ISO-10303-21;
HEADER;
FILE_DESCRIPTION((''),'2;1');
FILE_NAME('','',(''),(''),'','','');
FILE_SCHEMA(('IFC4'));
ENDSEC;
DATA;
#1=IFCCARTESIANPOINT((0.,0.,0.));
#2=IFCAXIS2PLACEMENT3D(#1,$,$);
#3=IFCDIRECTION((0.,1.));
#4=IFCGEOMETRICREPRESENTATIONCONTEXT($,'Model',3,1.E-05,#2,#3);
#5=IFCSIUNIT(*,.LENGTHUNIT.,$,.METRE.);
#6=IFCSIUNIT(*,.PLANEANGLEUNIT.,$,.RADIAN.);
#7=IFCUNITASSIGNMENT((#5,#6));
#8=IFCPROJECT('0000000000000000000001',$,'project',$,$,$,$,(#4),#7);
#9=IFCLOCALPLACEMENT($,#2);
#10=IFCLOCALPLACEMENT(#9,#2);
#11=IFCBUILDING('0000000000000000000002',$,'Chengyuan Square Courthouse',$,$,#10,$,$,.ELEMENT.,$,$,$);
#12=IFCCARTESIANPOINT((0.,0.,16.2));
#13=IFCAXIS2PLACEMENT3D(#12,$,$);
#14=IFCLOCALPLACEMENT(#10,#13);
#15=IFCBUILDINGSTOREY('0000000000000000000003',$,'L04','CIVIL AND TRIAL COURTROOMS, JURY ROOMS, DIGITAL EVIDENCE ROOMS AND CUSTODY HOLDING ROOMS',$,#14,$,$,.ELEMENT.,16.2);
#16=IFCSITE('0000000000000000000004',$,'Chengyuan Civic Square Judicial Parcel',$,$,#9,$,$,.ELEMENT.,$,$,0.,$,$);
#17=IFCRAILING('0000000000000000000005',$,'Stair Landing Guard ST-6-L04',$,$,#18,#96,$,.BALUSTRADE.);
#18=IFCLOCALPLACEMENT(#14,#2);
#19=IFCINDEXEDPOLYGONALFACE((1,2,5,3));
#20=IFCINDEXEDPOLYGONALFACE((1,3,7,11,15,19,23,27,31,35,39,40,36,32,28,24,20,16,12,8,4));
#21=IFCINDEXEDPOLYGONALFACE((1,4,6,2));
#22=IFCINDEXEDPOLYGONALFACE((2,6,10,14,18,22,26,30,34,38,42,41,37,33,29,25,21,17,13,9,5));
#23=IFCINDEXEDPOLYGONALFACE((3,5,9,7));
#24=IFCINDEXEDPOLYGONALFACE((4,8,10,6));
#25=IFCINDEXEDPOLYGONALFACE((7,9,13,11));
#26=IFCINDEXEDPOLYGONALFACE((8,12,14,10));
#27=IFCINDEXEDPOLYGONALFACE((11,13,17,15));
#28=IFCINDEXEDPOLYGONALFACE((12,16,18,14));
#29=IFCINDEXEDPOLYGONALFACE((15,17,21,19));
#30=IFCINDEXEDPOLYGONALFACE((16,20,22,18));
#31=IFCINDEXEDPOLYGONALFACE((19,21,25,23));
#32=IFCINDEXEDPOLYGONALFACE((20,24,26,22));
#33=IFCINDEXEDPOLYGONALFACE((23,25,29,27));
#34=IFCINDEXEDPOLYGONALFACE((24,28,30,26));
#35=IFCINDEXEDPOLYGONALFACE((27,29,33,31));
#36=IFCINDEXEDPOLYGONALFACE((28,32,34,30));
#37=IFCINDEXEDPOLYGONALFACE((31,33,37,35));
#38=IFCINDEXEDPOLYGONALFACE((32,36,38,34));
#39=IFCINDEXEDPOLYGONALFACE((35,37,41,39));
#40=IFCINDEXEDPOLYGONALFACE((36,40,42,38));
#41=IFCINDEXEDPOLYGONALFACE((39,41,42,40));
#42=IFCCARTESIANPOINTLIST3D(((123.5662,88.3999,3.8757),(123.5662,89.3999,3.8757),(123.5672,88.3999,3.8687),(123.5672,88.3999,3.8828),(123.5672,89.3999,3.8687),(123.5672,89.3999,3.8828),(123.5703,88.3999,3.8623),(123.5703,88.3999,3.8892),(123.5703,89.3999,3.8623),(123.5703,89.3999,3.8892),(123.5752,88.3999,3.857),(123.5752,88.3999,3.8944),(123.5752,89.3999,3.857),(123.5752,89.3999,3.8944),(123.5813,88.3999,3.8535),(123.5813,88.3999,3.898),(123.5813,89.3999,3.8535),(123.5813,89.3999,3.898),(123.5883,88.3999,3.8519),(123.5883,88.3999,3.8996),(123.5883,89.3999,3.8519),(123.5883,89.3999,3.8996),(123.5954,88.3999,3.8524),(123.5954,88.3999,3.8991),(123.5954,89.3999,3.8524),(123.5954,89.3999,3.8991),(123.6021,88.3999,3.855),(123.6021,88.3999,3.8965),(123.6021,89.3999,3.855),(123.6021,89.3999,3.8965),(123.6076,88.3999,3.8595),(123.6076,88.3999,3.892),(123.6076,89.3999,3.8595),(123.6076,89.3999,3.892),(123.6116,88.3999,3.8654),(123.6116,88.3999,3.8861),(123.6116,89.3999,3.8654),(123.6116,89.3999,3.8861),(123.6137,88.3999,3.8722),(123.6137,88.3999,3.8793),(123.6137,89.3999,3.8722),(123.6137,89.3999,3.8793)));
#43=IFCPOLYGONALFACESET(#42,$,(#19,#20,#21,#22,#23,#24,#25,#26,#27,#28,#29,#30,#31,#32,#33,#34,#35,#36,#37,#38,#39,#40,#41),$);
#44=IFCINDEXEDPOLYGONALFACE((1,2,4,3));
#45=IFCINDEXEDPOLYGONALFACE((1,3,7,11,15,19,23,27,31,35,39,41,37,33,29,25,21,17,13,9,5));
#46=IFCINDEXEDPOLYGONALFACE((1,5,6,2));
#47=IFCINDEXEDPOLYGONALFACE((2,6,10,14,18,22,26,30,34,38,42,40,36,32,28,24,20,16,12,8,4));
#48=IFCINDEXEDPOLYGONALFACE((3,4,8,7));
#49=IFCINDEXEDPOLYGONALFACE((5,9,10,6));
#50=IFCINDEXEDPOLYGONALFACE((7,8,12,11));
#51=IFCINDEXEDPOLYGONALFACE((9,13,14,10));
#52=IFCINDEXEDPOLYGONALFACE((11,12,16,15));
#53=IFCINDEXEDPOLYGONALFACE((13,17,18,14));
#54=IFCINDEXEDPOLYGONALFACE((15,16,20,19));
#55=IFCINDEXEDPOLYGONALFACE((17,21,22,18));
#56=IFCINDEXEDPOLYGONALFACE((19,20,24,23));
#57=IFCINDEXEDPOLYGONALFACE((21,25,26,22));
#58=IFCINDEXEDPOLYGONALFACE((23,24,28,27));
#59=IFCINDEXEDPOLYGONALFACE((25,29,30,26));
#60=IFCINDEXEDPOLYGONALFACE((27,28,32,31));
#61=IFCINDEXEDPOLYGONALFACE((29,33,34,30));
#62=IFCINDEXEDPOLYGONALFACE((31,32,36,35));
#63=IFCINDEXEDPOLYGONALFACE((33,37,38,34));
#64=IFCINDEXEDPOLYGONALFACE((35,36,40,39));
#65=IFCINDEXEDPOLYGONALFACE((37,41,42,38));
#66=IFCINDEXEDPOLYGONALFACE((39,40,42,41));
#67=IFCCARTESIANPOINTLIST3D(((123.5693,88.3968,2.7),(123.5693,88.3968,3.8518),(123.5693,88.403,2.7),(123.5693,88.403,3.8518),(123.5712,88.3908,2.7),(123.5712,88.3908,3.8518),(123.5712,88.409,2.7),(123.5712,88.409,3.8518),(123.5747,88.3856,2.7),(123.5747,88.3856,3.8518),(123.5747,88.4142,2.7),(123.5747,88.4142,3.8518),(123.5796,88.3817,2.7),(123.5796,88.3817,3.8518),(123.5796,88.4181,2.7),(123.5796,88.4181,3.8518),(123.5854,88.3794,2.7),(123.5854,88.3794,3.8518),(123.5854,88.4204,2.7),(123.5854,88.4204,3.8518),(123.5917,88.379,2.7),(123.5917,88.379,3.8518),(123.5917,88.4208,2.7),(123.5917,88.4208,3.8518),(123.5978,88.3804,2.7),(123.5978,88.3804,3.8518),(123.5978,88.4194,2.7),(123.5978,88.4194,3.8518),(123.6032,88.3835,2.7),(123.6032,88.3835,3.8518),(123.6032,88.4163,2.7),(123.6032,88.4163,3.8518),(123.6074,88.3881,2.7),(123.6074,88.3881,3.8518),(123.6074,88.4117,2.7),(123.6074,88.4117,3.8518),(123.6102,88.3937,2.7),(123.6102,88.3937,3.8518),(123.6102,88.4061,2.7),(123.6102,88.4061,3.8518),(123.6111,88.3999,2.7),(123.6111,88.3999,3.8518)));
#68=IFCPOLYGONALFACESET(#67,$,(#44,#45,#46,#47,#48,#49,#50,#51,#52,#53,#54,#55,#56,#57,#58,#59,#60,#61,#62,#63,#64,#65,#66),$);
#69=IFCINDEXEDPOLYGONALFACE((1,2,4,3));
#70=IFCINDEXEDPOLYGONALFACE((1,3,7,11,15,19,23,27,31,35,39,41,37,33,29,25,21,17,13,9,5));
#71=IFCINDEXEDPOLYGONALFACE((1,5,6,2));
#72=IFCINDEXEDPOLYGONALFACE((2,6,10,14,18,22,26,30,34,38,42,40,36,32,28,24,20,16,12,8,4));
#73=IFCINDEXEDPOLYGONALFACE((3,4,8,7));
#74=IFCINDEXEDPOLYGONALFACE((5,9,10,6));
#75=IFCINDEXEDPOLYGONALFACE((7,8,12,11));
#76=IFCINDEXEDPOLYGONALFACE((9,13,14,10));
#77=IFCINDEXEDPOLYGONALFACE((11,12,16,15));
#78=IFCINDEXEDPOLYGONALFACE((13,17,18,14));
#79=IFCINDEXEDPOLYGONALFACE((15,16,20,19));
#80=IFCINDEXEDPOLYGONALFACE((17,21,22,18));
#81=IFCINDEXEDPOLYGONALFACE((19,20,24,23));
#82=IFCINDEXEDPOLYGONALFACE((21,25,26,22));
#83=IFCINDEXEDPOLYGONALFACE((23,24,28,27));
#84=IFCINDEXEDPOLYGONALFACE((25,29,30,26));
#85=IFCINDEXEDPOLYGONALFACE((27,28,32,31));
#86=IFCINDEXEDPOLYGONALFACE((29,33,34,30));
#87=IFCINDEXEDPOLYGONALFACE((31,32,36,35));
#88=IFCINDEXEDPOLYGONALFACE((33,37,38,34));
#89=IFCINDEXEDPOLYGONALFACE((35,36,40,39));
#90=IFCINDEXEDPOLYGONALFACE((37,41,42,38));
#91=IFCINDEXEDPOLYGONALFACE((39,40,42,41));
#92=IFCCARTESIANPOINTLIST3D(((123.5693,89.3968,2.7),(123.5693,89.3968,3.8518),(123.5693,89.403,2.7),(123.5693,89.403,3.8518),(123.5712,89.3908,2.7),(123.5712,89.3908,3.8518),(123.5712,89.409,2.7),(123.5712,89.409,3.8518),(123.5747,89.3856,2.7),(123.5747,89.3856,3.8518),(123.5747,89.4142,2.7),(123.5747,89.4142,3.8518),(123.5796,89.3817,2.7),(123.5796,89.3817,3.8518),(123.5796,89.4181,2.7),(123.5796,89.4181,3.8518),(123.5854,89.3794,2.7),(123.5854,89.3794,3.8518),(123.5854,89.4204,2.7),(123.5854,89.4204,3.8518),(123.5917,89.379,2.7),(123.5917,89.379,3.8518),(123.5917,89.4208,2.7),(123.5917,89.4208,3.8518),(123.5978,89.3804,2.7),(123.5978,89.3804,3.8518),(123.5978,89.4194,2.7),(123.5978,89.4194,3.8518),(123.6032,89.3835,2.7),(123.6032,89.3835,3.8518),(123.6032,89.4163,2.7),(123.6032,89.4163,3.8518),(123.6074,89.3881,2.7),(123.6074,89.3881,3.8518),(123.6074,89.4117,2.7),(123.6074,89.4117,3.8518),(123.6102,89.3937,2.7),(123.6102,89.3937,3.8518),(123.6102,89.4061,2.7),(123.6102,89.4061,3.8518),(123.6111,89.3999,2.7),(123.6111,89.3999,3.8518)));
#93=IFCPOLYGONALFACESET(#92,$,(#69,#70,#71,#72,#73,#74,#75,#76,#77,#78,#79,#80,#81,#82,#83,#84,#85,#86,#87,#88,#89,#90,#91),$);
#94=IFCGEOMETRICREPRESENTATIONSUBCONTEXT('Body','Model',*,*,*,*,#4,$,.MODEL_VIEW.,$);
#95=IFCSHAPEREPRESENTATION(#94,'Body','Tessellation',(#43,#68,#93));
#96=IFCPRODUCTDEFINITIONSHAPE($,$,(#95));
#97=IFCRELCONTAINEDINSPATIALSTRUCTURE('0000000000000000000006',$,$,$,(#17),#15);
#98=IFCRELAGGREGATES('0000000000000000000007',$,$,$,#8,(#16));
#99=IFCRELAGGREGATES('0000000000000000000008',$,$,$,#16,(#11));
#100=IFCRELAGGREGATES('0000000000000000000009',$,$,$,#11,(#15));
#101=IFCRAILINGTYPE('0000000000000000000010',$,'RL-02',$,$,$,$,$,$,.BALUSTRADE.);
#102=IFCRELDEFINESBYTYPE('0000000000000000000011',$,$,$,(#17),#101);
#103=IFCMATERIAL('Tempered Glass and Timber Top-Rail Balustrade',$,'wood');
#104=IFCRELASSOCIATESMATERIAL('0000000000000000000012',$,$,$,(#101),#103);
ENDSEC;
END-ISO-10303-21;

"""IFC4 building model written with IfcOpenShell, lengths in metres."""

from ifc_helpers import new_model, si_unit, direction, frame, origin, origin_2d, place, context, subcontext, project, spatial, circle, extrude, material, type_object, element, save


model = new_model("IFC4")

# Units and contexts
model_context = context("Model", 3, precision=1e-05, world=origin(), true_north=direction((0.0, 1.0)))
body_context = subcontext(model_context, "Body", "Model", "MODEL_VIEW")
ifc_project = project(units=[si_unit("LENGTHUNIT", "METRE"), si_unit("PLANEANGLEUNIT", "RADIAN")], contexts=[model_context])

# Site, building, storey
site_placement = place(None, origin())
site = spatial("IfcSite", under=ifc_project, at=site_placement, Name="Chengyuan Civic Square Judicial Parcel", CompositionType="ELEMENT", RefElevation=0.0)
building_placement = place(site_placement, origin())
building = spatial("IfcBuilding", under=site, at=building_placement, Name="Chengyuan Square Courthouse", CompositionType="ELEMENT")
storey_placement = place(building_placement, frame((0.0, 0.0, 16.2)))
storey = spatial("IfcBuildingStorey", under=building, at=storey_placement, Name="L04", Description="CIVIL AND TRIAL COURTROOMS, JURY ROOMS, DIGITAL EVIDENCE ROOMS AND CUSTODY HOLDING ROOMS", CompositionType="ELEMENT", Elevation=16.2)

# Railing
ifc_material_1 = material(Name="Tempered Glass and Timber Top-Rail Balustrade", Category="wood")
railing_type_1 = type_object("IfcRailingType", Name="RL-02", PredefinedType="BALUSTRADE", material=ifc_material_1)
for number, where, name in (
    (1, (123.5901, 88.3999, 2.7), "Stair Landing Guard ST-6-L04"),
):
    element("IfcRailing", number, at=place(storey_placement, frame(where)), inside=storey, type_object=railing_type_1, Name=name, PredefinedType="BALUSTRADE", context=body_context, shape_type="SweptSolid", body=[
        extrude(circle(Radius=0.0239, at=origin_2d()), frame((0.0, 0.0, 1.1758), z_axis=(0.0, 1.0, 0.0), x_axis=(-1.0, 0.0, 0.0)), (0.0, 0.0, 1.0), 1.0),
        extrude(circle(Radius=0.021, at=origin_2d()), origin(), (0.0, 0.0, 1.0), 1.1519),
        extrude(circle(Radius=0.021, at=origin_2d()), frame((0.0, 1.0, 0.0)), (0.0, 0.0, 1.0), 1.1519),
    ])

save(model, "model.ifc")
